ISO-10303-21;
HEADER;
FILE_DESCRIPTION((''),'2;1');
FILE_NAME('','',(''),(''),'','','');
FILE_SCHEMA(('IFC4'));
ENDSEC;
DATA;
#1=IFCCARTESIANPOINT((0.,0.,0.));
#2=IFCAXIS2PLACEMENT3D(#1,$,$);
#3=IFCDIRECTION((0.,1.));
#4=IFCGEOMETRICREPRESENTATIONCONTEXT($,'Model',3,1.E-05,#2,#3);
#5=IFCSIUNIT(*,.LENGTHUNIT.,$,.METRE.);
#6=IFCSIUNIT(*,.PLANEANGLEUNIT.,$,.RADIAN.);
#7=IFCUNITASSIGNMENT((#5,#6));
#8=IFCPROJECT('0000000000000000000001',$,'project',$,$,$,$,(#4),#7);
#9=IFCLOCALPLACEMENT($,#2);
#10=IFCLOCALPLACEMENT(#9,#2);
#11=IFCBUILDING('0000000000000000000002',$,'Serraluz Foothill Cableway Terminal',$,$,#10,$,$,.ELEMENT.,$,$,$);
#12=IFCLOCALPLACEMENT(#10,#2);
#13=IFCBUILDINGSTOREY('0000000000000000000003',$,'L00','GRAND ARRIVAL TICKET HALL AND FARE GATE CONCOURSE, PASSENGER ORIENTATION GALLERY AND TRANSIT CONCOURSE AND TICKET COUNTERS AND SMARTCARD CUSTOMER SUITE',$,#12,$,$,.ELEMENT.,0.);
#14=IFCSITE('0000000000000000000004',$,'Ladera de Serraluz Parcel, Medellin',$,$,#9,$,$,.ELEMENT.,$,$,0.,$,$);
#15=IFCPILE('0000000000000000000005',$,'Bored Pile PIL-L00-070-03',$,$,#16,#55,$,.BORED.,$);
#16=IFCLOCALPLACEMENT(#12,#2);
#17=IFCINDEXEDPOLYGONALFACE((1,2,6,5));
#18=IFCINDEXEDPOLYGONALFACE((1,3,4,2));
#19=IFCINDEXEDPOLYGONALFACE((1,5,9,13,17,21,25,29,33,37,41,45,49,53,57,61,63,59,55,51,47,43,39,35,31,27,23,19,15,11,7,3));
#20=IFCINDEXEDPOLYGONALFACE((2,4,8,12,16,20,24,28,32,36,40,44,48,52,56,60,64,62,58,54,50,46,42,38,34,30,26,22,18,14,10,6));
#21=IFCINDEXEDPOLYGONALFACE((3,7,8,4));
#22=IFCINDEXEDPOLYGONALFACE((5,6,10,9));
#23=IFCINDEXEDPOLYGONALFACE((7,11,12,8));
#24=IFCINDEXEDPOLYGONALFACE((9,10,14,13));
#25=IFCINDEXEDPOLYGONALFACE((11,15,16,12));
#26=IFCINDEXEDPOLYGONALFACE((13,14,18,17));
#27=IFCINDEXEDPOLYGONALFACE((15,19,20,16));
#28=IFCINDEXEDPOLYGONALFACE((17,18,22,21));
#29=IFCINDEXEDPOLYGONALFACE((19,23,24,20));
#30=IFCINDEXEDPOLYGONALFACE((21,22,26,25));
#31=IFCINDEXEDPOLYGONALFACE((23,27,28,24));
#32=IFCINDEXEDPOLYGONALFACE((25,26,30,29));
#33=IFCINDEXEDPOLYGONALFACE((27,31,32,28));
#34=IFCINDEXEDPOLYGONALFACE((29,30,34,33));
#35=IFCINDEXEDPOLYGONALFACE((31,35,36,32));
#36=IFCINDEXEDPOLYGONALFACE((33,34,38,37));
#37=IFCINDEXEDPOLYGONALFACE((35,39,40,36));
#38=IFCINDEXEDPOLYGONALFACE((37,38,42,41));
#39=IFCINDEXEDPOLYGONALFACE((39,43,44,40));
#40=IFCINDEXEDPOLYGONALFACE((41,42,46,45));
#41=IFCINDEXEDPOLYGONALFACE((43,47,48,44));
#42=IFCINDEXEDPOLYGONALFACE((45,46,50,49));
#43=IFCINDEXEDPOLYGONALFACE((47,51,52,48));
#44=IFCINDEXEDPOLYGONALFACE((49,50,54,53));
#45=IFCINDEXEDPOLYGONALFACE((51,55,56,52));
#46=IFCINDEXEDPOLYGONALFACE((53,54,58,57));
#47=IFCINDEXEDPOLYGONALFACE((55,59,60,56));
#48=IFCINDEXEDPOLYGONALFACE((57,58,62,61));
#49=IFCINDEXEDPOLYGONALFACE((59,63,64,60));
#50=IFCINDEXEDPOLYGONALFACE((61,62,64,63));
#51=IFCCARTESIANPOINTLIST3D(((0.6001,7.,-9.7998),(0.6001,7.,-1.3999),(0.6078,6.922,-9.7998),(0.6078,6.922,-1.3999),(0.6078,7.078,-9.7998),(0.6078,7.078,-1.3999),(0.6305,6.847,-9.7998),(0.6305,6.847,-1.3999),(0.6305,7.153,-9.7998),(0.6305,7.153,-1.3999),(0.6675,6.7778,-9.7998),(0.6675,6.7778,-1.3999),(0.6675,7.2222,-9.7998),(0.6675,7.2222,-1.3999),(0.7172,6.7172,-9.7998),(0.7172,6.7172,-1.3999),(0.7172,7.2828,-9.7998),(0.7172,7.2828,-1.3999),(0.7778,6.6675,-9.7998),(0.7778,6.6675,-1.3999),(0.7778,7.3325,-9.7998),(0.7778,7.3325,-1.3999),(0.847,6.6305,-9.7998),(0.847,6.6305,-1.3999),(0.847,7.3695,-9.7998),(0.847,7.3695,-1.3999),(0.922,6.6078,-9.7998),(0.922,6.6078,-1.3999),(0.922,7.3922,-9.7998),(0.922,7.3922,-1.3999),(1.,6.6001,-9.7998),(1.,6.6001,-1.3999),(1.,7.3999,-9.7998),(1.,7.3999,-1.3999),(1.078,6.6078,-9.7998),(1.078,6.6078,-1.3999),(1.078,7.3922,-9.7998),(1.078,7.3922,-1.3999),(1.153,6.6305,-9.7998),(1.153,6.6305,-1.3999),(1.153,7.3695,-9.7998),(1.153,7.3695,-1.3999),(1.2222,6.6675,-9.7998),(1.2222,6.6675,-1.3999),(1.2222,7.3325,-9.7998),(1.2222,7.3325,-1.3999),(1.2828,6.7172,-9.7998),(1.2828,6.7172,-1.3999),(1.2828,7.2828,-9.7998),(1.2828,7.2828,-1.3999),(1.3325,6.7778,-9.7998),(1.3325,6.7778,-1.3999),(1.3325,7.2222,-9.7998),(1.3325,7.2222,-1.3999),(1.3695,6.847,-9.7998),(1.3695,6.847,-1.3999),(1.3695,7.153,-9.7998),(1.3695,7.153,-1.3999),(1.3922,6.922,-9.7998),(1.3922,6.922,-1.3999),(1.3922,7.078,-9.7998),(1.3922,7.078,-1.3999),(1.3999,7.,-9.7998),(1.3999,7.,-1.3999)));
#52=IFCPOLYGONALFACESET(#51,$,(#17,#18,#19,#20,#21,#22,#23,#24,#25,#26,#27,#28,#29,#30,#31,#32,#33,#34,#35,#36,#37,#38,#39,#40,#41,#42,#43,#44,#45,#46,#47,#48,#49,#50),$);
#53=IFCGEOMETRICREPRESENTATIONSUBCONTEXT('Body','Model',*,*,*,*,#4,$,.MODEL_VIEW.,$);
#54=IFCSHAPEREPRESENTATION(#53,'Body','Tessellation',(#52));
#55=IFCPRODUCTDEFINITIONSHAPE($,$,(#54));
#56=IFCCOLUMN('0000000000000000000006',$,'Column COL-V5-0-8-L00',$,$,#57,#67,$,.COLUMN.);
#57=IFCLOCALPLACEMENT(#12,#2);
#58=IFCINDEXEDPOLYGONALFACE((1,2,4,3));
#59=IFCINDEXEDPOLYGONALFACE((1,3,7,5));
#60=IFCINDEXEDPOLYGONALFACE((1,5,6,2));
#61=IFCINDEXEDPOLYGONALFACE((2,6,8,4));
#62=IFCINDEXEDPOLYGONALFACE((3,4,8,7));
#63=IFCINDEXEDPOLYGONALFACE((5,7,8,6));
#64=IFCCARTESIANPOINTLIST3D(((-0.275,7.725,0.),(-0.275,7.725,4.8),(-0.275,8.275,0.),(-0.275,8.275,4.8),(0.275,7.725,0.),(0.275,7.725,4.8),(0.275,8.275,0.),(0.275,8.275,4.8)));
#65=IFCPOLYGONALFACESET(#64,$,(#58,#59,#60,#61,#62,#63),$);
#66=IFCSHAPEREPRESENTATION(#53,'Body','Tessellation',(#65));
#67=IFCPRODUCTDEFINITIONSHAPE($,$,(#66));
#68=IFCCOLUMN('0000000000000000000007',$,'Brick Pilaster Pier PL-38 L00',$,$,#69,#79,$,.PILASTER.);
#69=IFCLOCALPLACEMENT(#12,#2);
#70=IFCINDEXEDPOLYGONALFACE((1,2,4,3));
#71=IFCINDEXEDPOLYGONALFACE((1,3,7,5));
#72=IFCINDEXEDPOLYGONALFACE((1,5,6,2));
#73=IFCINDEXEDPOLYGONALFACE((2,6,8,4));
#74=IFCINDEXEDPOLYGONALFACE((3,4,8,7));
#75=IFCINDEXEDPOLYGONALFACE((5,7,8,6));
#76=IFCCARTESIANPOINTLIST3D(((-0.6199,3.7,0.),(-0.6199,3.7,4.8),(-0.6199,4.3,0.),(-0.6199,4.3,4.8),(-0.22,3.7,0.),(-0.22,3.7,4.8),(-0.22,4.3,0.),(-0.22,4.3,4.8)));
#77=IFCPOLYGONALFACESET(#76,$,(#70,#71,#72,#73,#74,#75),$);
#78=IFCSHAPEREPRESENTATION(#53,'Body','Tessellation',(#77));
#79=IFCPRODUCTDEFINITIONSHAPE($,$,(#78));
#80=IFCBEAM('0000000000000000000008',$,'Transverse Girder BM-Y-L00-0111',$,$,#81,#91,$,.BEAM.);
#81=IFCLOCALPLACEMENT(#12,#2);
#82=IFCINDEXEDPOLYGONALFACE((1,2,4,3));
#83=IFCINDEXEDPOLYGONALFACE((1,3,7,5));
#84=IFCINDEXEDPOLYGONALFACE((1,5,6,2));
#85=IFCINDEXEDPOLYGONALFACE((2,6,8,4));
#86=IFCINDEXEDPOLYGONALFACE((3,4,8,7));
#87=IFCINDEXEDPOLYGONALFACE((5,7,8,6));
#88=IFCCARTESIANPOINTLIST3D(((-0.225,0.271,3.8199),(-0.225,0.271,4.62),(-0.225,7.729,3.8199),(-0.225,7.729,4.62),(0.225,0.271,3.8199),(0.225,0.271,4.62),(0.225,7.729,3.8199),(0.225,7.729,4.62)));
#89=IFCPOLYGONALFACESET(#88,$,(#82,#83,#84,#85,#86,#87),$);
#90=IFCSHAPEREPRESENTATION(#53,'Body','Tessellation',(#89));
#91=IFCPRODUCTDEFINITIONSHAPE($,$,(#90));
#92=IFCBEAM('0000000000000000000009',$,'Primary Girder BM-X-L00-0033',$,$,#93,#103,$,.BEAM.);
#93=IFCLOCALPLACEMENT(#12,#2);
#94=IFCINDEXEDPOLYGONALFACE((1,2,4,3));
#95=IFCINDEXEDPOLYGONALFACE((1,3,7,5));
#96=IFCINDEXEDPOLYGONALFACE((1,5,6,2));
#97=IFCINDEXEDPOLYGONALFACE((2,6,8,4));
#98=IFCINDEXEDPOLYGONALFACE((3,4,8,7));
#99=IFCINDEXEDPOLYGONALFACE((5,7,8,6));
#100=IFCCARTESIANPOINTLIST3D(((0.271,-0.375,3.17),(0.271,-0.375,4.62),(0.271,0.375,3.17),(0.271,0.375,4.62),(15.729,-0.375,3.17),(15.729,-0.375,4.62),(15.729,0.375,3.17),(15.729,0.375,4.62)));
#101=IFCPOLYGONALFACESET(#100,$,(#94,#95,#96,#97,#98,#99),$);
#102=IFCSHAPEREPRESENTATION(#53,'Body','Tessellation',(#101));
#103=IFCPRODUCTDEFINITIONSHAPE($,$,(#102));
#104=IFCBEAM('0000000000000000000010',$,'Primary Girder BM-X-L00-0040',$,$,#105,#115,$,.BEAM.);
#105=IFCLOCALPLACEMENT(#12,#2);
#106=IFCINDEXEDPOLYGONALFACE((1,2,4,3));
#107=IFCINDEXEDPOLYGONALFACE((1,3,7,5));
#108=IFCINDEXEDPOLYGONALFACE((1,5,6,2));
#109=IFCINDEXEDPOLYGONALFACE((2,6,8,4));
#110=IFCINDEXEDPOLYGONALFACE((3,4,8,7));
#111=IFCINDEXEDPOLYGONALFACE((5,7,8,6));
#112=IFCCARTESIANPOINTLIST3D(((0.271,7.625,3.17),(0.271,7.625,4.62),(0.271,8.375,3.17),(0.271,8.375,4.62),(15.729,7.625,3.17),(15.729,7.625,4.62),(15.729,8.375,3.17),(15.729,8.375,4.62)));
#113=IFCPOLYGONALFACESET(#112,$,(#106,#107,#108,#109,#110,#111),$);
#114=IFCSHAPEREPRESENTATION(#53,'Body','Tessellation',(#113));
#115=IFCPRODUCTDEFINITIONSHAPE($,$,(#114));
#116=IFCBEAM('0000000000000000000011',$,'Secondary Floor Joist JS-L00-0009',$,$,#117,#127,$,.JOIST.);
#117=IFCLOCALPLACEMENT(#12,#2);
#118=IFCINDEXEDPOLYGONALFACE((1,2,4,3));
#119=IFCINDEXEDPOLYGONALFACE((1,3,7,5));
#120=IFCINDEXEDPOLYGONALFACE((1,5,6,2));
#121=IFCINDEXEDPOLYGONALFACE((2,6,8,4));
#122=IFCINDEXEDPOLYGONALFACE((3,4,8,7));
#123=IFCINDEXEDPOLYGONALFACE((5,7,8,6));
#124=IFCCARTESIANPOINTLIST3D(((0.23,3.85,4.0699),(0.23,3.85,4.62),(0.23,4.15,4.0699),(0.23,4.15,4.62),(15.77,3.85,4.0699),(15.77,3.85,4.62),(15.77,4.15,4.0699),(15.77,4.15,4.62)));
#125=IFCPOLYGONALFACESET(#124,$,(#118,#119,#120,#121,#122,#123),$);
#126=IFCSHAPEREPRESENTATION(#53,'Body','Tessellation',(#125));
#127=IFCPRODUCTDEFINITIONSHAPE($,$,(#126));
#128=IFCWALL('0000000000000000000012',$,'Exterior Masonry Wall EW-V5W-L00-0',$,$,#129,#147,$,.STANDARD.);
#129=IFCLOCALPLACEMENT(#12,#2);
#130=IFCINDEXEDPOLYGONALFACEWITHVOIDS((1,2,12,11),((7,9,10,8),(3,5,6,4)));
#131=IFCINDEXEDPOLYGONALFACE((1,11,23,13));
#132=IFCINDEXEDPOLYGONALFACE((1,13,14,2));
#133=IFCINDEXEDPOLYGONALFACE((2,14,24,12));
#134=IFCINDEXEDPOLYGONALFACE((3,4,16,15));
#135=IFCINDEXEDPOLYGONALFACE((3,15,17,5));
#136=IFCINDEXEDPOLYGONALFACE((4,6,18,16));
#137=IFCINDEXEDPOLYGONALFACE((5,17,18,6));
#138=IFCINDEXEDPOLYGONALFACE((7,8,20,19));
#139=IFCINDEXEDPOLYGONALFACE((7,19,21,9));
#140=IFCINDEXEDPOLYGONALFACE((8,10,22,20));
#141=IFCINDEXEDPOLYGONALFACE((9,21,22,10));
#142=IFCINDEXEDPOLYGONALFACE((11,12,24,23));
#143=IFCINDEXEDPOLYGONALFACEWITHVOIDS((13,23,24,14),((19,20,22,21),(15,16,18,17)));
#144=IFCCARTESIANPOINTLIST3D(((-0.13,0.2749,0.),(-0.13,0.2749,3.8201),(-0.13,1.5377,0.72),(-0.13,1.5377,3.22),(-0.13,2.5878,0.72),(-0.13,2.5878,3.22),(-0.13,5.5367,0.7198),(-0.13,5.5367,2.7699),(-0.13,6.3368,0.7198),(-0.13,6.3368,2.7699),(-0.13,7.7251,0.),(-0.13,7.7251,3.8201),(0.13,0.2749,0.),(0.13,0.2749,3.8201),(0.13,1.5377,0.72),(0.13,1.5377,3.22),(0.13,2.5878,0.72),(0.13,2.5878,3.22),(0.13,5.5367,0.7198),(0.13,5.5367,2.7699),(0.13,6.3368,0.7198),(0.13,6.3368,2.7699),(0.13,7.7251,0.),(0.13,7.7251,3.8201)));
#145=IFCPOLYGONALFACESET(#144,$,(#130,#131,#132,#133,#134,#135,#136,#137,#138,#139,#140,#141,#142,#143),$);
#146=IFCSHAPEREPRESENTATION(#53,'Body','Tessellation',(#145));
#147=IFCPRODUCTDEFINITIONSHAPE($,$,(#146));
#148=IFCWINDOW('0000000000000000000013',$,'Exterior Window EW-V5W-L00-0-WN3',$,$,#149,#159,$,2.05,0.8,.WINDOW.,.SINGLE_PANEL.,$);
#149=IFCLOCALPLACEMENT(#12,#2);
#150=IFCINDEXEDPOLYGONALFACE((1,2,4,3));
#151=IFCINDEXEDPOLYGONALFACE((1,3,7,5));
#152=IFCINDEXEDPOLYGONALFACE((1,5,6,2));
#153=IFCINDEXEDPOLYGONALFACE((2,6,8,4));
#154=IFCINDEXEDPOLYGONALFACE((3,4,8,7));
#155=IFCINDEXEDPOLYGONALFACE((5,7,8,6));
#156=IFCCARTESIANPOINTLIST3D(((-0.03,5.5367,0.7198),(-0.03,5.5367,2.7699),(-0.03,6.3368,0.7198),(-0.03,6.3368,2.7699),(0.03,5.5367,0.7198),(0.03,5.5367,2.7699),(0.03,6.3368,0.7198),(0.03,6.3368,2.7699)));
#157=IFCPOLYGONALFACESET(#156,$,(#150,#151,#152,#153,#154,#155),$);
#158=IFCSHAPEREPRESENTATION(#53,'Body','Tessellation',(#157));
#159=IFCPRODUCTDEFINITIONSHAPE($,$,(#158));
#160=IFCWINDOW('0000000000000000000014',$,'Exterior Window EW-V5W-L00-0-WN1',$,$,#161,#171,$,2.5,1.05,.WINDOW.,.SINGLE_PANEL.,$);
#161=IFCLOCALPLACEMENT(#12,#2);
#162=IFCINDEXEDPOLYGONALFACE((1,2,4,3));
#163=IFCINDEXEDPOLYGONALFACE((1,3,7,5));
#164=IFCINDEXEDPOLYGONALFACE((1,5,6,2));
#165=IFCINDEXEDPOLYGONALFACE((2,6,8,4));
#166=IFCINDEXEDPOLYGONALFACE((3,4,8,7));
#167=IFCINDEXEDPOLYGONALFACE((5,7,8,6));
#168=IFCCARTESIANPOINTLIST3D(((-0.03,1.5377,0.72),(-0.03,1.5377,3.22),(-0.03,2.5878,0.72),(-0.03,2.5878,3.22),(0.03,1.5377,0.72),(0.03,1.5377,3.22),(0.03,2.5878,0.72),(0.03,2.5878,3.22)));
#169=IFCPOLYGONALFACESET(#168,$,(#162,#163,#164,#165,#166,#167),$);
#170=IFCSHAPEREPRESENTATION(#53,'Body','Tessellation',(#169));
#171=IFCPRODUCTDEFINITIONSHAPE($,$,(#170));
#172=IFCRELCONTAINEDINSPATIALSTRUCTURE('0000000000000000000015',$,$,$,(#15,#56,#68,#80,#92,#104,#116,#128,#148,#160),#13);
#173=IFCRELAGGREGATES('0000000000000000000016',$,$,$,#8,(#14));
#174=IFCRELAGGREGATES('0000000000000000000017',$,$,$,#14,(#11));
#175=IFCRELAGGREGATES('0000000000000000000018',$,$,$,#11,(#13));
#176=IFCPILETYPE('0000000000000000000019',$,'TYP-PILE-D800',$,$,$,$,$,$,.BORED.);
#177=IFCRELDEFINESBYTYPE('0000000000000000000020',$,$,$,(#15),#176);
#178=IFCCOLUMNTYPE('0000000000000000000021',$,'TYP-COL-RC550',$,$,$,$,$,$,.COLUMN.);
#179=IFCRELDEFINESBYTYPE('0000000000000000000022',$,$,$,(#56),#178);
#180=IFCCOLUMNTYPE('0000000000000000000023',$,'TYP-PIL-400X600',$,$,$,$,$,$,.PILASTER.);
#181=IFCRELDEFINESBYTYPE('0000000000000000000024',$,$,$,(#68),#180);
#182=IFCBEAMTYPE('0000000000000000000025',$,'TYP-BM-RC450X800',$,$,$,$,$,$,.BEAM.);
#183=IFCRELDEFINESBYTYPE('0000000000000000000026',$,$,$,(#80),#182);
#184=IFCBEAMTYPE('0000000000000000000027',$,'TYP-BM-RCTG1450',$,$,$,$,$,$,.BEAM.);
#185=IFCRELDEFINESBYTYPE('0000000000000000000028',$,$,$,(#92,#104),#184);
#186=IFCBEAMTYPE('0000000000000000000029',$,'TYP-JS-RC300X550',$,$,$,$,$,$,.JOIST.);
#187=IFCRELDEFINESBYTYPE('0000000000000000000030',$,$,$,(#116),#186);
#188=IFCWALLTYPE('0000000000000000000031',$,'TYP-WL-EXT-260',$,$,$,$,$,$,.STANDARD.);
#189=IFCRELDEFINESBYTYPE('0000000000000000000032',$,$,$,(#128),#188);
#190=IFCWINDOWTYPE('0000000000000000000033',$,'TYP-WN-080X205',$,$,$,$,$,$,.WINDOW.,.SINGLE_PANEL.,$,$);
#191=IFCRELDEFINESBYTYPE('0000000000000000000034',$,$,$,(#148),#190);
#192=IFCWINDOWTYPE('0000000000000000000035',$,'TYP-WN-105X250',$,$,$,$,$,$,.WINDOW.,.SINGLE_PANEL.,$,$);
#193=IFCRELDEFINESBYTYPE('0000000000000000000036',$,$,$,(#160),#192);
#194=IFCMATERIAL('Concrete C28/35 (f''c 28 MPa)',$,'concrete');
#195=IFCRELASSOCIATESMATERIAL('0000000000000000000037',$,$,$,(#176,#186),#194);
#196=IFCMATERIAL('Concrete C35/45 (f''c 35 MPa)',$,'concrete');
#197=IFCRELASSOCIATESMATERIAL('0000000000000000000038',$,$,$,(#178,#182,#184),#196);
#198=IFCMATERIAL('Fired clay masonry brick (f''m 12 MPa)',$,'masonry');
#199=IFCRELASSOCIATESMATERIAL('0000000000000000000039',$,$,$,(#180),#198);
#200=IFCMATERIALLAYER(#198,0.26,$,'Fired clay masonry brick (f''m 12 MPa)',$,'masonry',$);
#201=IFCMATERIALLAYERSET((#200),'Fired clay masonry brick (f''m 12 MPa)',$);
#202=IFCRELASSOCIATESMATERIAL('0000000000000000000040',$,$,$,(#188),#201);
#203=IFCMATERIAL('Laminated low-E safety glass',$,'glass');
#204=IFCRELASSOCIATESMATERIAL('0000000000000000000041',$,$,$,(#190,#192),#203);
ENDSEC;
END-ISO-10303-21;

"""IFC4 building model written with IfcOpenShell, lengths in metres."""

from ifc_helpers import new_model, si_unit, direction, frame, frame_2d, origin, origin_2d, place, context, subcontext, project, spatial, rectangle, circle, extrude, material, layer, layer_set, material_profile, profile_set, type_object, element, fill, save


model = new_model("IFC4")

# Units and contexts
model_context = context("Model", 3, precision=1e-05, world=origin(), true_north=direction((0.0, 1.0)))
body_context = subcontext(model_context, "Body", "Model", "MODEL_VIEW")
ifc_project = project(units=[si_unit("LENGTHUNIT", "METRE"), si_unit("PLANEANGLEUNIT", "RADIAN")], contexts=[model_context])

# Site, building, storey
site_placement = place(None, origin())
site = spatial("IfcSite", under=ifc_project, at=site_placement, Name="Ladera de Serraluz Parcel, Medellin", CompositionType="ELEMENT", RefElevation=0.0)
building_placement = place(site_placement, origin())
building = spatial("IfcBuilding", under=site, at=building_placement, Name="Serraluz Foothill Cableway Terminal", CompositionType="ELEMENT")
storey_placement = place(building_placement, origin())
storey = spatial("IfcBuildingStorey", under=building, at=storey_placement, Name="L00", Description="GRAND ARRIVAL TICKET HALL AND FARE GATE CONCOURSE, PASSENGER ORIENTATION GALLERY AND TRANSIT CONCOURSE AND TICKET COUNTERS AND SMARTCARD CUSTOMER SUITE", CompositionType="ELEMENT", Elevation=0.0)

# Shared definitions
ifc_material_1 = material(Name="Concrete C35/45 (f'c 35 MPa)", Category="concrete")

# Pile
ifc_material_2 = material(Name="Concrete C28/35 (f'c 28 MPa)", Category="concrete")
ifc_material_profile_1 = material_profile(ifc_material_2, circle(Radius=0.3999, at=origin_2d()), Name="BORED PILE D800")
ifc_profile_set_1 = profile_set([ifc_material_profile_1], Name="Concrete C28/35 (f'c 28 MPa)")
pile_type = type_object("IfcPileType", Name="TYP-PILE-D800", PredefinedType="BORED", material=ifc_profile_set_1)
for number, where, z_axis, x_axis, name in (
    (1, (1.0, 7.0, -1.3999), (0.0, 0.0, -1.0), (1.0, 0.0, 0.0), "Bored Pile PIL-L00-070-03"),
):
    element("IfcPile", number, at=place(storey_placement, frame(where, z_axis=z_axis, x_axis=x_axis)), inside=storey, type_object=pile_type, Name=name, PredefinedType="BORED", context=body_context, shape_type="SweptSolid", body=[
        extrude(circle(Radius=0.3999, at=origin_2d()), origin(), (0.0, 0.0, 1.0), 8.3999),
    ])

# Columns
ifc_material_profile_2 = material_profile(ifc_material_1, rectangle(XDim=0.55, YDim=0.55, at=origin_2d()), Name="RC 550x550")
ifc_profile_set_2 = profile_set([ifc_material_profile_2], Name="Concrete C35/45 (f'c 35 MPa)")
column_type_1 = type_object("IfcColumnType", Name="TYP-COL-RC550", PredefinedType="COLUMN", material=ifc_profile_set_2)
column_1_placement = place(storey_placement, frame((0.0, 8.0, 0.0), z_axis=(0.0, 0.0, 1.0), x_axis=(1.0, 0.0, 0.0)))
element("IfcColumn", 2, at=column_1_placement, inside=storey, type_object=column_type_1, Name="Column COL-V5-0-8-L00", PredefinedType="COLUMN", context=body_context, shape_type="SweptSolid", body=[
    extrude(rectangle(XDim=0.55, YDim=0.55, at=origin_2d()), origin(), (0.0, 0.0, 1.0), 4.8),
])
ifc_material_3 = material(Name="Fired clay masonry brick (f'm 12 MPa)", Category="masonry")
ifc_material_profile_3 = material_profile(ifc_material_3, rectangle(XDim=0.3999, YDim=0.6001, at=origin_2d()), Name="PIL 400x600")
ifc_profile_set_3 = profile_set([ifc_material_profile_3], Name="Fired clay masonry brick (f'm 12 MPa)")
column_type_2 = type_object("IfcColumnType", Name="TYP-PIL-400X600", PredefinedType="PILASTER", material=ifc_profile_set_3)
column_2_placement = place(storey_placement, frame((-0.4199, 4.0, 0.0), z_axis=(0.0, 0.0, 1.0), x_axis=(1.0, 0.0, 0.0)))
element("IfcColumn", 3, at=column_2_placement, inside=storey, type_object=column_type_2, Name="Brick Pilaster Pier PL-38 L00", PredefinedType="PILASTER", context=body_context, shape_type="SweptSolid", body=[
    extrude(rectangle(XDim=0.3999, YDim=0.6001, at=origin_2d()), origin(), (0.0, 0.0, 1.0), 4.8),
])

# Beams
ifc_material_profile_4 = material_profile(ifc_material_1, rectangle(XDim=0.45, YDim=0.8, at=origin_2d()), Name="RC 450x800")
ifc_profile_set_4 = profile_set([ifc_material_profile_4], Name="Concrete C35/45 (f'c 35 MPa)")
beam_type_1 = type_object("IfcBeamType", Name="TYP-BM-RC450X800", PredefinedType="BEAM", material=ifc_profile_set_4)
beam_1_placement = place(storey_placement, frame((0.0, 0.271, 4.22), z_axis=(0.0, 1.0, 0.0), x_axis=(-1.0, 0.0, 0.0)))
element("IfcBeam", 4, at=beam_1_placement, inside=storey, type_object=beam_type_1, Name="Transverse Girder BM-Y-L00-0111", PredefinedType="BEAM", context=body_context, shape_type="SweptSolid", body=[
    extrude(rectangle(XDim=0.45, YDim=0.8, at=origin_2d()), origin(), (0.0, 0.0, 1.0), 7.458),
])
ifc_material_profile_5 = material_profile(ifc_material_1, rectangle(XDim=0.75, YDim=1.45, at=origin_2d()), Name="RC TG 750x1450")
ifc_profile_set_5 = profile_set([ifc_material_profile_5], Name="Concrete C35/45 (f'c 35 MPa)")
beam_type_2 = type_object("IfcBeamType", Name="TYP-BM-RCTG1450", PredefinedType="BEAM", material=ifc_profile_set_5)
for number, where, z_axis, x_axis, name in (
    (5, (0.271, 0.0, 3.895), (1.0, 0.0, 0.0), (0.0, 1.0, 0.0), "Primary Girder BM-X-L00-0033"),
    (6, (0.271, 8.0, 3.895), (1.0, 0.0, 0.0), (0.0, 1.0, 0.0), "Primary Girder BM-X-L00-0040"),
):
    element("IfcBeam", number, at=place(storey_placement, frame(where, z_axis=z_axis, x_axis=x_axis)), inside=storey, type_object=beam_type_2, Name=name, PredefinedType="BEAM", context=body_context, shape_type="SweptSolid", body=[
        extrude(rectangle(XDim=0.75, YDim=1.45, at=origin_2d()), origin(), (0.0, 0.0, 1.0), 15.458),
    ])
ifc_material_profile_6 = material_profile(ifc_material_2, rectangle(XDim=0.3, YDim=0.55, at=origin_2d()), Name="RC 300x550")
ifc_profile_set_6 = profile_set([ifc_material_profile_6], Name="Concrete C28/35 (f'c 28 MPa)")
beam_type_3 = type_object("IfcBeamType", Name="TYP-JS-RC300X550", PredefinedType="JOIST", material=ifc_profile_set_6)
beam_2_placement = place(storey_placement, frame((0.23, 4.0, 4.345), z_axis=(1.0, 0.0, 0.0), x_axis=(0.0, 1.0, 0.0)))
element("IfcBeam", 7, at=beam_2_placement, inside=storey, type_object=beam_type_3, Name="Secondary Floor Joist JS-L00-0009", PredefinedType="JOIST", context=body_context, shape_type="SweptSolid", body=[
    extrude(rectangle(XDim=0.3, YDim=0.55, at=origin_2d()), origin(), (0.0, 0.0, 1.0), 15.54),
])

# Wall, openings, windows
ifc_layer_1 = layer(ifc_material_3, 0.26, Name="Fired clay masonry brick (f'm 12 MPa)", Category="masonry")
ifc_layer_set_1 = layer_set([ifc_layer_1], Name="Fired clay masonry brick (f'm 12 MPa)")
wall_type = type_object("IfcWallType", Name="TYP-WL-EXT-260", PredefinedType="STANDARD", material=ifc_layer_set_1)
wall_placement = place(storey_placement, frame((0.0, 0.2749, 0.0), z_axis=(0.0, 0.0, 1.0), x_axis=(0.0, 1.0, 0.0)))
wall = element("IfcWall", 8, at=wall_placement, inside=storey, type_object=wall_type, Name="Exterior Masonry Wall EW-V5W-L00-0", PredefinedType="STANDARD", context=body_context, shape_type="SweptSolid", body=[
    extrude(rectangle(XDim=7.4502, YDim=0.26, at=frame_2d((3.7251, 0.0))), origin(), (0.0, 0.0, 1.0), 3.8201),
])
opening_1_placement = place(wall_placement, frame((1.2629, 0.0, 0.72)))
opening_1 = element("IfcOpeningElement", 9, at=opening_1_placement, cuts=wall, PredefinedType="OPENING", context=body_context, shape_type="SweptSolid", body=[
    extrude(rectangle(XDim=1.05, YDim=2.5, at=frame_2d((0.5249, 1.25))), frame((0.0, 0.1401, 0.0), z_axis=(0.0, -1.0, 0.0), x_axis=(1.0, 0.0, 0.0)), (0.0, 0.0, 1.0), 0.28),
])
opening_2_placement = place(wall_placement, frame((5.262, 0.0, 0.72)))
opening_2 = element("IfcOpeningElement", 10, at=opening_2_placement, cuts=wall, PredefinedType="OPENING", context=body_context, shape_type="SweptSolid", body=[
    extrude(rectangle(XDim=0.8, YDim=2.05, at=frame_2d((0.3999, 1.0249))), frame((0.0, 0.1401, 0.0), z_axis=(0.0, -1.0, 0.0), x_axis=(1.0, 0.0, 0.0)), (0.0, 0.0, 1.0), 0.28),
])
ifc_material_4 = material(Name="Laminated low-E safety glass", Category="glass")
window_type_1 = type_object("IfcWindowType", Name="TYP-WN-080X205", PartitioningType="SINGLE_PANEL", PredefinedType="WINDOW", material=ifc_material_4)
window_1_placement = place(opening_2_placement, origin())
window_1 = element("IfcWindow", 11, at=window_1_placement, inside=storey, type_object=window_type_1, Name="Exterior Window EW-V5W-L00-0-WN3", OverallHeight=2.05, OverallWidth=0.8, PartitioningType="SINGLE_PANEL", PredefinedType="WINDOW", context=body_context, shape_type="SweptSolid", body=[
    extrude(rectangle(XDim=0.8, YDim=2.05, at=frame_2d((0.3999, 1.0249))), frame((0.0, 0.03, 0.0), z_axis=(0.0, -1.0, 0.0), x_axis=(1.0, 0.0, 0.0)), (0.0, 0.0, 1.0), 0.0601),
])
fill(opening_2, window_1)
window_type_2 = type_object("IfcWindowType", Name="TYP-WN-105X250", PartitioningType="SINGLE_PANEL", PredefinedType="WINDOW", material=ifc_material_4)
window_2_placement = place(opening_1_placement, origin())
window_2 = element("IfcWindow", 12, at=window_2_placement, inside=storey, type_object=window_type_2, Name="Exterior Window EW-V5W-L00-0-WN1", OverallHeight=2.5, OverallWidth=1.05, PartitioningType="SINGLE_PANEL", PredefinedType="WINDOW", context=body_context, shape_type="SweptSolid", body=[
    extrude(rectangle(XDim=1.05, YDim=2.5, at=frame_2d((0.5249, 1.25))), frame((0.0, 0.03, 0.0), z_axis=(0.0, -1.0, 0.0), x_axis=(1.0, 0.0, 0.0)), (0.0, 0.0, 1.0), 0.0601),
])
fill(opening_1, window_2)

save(model, "model.ifc")
